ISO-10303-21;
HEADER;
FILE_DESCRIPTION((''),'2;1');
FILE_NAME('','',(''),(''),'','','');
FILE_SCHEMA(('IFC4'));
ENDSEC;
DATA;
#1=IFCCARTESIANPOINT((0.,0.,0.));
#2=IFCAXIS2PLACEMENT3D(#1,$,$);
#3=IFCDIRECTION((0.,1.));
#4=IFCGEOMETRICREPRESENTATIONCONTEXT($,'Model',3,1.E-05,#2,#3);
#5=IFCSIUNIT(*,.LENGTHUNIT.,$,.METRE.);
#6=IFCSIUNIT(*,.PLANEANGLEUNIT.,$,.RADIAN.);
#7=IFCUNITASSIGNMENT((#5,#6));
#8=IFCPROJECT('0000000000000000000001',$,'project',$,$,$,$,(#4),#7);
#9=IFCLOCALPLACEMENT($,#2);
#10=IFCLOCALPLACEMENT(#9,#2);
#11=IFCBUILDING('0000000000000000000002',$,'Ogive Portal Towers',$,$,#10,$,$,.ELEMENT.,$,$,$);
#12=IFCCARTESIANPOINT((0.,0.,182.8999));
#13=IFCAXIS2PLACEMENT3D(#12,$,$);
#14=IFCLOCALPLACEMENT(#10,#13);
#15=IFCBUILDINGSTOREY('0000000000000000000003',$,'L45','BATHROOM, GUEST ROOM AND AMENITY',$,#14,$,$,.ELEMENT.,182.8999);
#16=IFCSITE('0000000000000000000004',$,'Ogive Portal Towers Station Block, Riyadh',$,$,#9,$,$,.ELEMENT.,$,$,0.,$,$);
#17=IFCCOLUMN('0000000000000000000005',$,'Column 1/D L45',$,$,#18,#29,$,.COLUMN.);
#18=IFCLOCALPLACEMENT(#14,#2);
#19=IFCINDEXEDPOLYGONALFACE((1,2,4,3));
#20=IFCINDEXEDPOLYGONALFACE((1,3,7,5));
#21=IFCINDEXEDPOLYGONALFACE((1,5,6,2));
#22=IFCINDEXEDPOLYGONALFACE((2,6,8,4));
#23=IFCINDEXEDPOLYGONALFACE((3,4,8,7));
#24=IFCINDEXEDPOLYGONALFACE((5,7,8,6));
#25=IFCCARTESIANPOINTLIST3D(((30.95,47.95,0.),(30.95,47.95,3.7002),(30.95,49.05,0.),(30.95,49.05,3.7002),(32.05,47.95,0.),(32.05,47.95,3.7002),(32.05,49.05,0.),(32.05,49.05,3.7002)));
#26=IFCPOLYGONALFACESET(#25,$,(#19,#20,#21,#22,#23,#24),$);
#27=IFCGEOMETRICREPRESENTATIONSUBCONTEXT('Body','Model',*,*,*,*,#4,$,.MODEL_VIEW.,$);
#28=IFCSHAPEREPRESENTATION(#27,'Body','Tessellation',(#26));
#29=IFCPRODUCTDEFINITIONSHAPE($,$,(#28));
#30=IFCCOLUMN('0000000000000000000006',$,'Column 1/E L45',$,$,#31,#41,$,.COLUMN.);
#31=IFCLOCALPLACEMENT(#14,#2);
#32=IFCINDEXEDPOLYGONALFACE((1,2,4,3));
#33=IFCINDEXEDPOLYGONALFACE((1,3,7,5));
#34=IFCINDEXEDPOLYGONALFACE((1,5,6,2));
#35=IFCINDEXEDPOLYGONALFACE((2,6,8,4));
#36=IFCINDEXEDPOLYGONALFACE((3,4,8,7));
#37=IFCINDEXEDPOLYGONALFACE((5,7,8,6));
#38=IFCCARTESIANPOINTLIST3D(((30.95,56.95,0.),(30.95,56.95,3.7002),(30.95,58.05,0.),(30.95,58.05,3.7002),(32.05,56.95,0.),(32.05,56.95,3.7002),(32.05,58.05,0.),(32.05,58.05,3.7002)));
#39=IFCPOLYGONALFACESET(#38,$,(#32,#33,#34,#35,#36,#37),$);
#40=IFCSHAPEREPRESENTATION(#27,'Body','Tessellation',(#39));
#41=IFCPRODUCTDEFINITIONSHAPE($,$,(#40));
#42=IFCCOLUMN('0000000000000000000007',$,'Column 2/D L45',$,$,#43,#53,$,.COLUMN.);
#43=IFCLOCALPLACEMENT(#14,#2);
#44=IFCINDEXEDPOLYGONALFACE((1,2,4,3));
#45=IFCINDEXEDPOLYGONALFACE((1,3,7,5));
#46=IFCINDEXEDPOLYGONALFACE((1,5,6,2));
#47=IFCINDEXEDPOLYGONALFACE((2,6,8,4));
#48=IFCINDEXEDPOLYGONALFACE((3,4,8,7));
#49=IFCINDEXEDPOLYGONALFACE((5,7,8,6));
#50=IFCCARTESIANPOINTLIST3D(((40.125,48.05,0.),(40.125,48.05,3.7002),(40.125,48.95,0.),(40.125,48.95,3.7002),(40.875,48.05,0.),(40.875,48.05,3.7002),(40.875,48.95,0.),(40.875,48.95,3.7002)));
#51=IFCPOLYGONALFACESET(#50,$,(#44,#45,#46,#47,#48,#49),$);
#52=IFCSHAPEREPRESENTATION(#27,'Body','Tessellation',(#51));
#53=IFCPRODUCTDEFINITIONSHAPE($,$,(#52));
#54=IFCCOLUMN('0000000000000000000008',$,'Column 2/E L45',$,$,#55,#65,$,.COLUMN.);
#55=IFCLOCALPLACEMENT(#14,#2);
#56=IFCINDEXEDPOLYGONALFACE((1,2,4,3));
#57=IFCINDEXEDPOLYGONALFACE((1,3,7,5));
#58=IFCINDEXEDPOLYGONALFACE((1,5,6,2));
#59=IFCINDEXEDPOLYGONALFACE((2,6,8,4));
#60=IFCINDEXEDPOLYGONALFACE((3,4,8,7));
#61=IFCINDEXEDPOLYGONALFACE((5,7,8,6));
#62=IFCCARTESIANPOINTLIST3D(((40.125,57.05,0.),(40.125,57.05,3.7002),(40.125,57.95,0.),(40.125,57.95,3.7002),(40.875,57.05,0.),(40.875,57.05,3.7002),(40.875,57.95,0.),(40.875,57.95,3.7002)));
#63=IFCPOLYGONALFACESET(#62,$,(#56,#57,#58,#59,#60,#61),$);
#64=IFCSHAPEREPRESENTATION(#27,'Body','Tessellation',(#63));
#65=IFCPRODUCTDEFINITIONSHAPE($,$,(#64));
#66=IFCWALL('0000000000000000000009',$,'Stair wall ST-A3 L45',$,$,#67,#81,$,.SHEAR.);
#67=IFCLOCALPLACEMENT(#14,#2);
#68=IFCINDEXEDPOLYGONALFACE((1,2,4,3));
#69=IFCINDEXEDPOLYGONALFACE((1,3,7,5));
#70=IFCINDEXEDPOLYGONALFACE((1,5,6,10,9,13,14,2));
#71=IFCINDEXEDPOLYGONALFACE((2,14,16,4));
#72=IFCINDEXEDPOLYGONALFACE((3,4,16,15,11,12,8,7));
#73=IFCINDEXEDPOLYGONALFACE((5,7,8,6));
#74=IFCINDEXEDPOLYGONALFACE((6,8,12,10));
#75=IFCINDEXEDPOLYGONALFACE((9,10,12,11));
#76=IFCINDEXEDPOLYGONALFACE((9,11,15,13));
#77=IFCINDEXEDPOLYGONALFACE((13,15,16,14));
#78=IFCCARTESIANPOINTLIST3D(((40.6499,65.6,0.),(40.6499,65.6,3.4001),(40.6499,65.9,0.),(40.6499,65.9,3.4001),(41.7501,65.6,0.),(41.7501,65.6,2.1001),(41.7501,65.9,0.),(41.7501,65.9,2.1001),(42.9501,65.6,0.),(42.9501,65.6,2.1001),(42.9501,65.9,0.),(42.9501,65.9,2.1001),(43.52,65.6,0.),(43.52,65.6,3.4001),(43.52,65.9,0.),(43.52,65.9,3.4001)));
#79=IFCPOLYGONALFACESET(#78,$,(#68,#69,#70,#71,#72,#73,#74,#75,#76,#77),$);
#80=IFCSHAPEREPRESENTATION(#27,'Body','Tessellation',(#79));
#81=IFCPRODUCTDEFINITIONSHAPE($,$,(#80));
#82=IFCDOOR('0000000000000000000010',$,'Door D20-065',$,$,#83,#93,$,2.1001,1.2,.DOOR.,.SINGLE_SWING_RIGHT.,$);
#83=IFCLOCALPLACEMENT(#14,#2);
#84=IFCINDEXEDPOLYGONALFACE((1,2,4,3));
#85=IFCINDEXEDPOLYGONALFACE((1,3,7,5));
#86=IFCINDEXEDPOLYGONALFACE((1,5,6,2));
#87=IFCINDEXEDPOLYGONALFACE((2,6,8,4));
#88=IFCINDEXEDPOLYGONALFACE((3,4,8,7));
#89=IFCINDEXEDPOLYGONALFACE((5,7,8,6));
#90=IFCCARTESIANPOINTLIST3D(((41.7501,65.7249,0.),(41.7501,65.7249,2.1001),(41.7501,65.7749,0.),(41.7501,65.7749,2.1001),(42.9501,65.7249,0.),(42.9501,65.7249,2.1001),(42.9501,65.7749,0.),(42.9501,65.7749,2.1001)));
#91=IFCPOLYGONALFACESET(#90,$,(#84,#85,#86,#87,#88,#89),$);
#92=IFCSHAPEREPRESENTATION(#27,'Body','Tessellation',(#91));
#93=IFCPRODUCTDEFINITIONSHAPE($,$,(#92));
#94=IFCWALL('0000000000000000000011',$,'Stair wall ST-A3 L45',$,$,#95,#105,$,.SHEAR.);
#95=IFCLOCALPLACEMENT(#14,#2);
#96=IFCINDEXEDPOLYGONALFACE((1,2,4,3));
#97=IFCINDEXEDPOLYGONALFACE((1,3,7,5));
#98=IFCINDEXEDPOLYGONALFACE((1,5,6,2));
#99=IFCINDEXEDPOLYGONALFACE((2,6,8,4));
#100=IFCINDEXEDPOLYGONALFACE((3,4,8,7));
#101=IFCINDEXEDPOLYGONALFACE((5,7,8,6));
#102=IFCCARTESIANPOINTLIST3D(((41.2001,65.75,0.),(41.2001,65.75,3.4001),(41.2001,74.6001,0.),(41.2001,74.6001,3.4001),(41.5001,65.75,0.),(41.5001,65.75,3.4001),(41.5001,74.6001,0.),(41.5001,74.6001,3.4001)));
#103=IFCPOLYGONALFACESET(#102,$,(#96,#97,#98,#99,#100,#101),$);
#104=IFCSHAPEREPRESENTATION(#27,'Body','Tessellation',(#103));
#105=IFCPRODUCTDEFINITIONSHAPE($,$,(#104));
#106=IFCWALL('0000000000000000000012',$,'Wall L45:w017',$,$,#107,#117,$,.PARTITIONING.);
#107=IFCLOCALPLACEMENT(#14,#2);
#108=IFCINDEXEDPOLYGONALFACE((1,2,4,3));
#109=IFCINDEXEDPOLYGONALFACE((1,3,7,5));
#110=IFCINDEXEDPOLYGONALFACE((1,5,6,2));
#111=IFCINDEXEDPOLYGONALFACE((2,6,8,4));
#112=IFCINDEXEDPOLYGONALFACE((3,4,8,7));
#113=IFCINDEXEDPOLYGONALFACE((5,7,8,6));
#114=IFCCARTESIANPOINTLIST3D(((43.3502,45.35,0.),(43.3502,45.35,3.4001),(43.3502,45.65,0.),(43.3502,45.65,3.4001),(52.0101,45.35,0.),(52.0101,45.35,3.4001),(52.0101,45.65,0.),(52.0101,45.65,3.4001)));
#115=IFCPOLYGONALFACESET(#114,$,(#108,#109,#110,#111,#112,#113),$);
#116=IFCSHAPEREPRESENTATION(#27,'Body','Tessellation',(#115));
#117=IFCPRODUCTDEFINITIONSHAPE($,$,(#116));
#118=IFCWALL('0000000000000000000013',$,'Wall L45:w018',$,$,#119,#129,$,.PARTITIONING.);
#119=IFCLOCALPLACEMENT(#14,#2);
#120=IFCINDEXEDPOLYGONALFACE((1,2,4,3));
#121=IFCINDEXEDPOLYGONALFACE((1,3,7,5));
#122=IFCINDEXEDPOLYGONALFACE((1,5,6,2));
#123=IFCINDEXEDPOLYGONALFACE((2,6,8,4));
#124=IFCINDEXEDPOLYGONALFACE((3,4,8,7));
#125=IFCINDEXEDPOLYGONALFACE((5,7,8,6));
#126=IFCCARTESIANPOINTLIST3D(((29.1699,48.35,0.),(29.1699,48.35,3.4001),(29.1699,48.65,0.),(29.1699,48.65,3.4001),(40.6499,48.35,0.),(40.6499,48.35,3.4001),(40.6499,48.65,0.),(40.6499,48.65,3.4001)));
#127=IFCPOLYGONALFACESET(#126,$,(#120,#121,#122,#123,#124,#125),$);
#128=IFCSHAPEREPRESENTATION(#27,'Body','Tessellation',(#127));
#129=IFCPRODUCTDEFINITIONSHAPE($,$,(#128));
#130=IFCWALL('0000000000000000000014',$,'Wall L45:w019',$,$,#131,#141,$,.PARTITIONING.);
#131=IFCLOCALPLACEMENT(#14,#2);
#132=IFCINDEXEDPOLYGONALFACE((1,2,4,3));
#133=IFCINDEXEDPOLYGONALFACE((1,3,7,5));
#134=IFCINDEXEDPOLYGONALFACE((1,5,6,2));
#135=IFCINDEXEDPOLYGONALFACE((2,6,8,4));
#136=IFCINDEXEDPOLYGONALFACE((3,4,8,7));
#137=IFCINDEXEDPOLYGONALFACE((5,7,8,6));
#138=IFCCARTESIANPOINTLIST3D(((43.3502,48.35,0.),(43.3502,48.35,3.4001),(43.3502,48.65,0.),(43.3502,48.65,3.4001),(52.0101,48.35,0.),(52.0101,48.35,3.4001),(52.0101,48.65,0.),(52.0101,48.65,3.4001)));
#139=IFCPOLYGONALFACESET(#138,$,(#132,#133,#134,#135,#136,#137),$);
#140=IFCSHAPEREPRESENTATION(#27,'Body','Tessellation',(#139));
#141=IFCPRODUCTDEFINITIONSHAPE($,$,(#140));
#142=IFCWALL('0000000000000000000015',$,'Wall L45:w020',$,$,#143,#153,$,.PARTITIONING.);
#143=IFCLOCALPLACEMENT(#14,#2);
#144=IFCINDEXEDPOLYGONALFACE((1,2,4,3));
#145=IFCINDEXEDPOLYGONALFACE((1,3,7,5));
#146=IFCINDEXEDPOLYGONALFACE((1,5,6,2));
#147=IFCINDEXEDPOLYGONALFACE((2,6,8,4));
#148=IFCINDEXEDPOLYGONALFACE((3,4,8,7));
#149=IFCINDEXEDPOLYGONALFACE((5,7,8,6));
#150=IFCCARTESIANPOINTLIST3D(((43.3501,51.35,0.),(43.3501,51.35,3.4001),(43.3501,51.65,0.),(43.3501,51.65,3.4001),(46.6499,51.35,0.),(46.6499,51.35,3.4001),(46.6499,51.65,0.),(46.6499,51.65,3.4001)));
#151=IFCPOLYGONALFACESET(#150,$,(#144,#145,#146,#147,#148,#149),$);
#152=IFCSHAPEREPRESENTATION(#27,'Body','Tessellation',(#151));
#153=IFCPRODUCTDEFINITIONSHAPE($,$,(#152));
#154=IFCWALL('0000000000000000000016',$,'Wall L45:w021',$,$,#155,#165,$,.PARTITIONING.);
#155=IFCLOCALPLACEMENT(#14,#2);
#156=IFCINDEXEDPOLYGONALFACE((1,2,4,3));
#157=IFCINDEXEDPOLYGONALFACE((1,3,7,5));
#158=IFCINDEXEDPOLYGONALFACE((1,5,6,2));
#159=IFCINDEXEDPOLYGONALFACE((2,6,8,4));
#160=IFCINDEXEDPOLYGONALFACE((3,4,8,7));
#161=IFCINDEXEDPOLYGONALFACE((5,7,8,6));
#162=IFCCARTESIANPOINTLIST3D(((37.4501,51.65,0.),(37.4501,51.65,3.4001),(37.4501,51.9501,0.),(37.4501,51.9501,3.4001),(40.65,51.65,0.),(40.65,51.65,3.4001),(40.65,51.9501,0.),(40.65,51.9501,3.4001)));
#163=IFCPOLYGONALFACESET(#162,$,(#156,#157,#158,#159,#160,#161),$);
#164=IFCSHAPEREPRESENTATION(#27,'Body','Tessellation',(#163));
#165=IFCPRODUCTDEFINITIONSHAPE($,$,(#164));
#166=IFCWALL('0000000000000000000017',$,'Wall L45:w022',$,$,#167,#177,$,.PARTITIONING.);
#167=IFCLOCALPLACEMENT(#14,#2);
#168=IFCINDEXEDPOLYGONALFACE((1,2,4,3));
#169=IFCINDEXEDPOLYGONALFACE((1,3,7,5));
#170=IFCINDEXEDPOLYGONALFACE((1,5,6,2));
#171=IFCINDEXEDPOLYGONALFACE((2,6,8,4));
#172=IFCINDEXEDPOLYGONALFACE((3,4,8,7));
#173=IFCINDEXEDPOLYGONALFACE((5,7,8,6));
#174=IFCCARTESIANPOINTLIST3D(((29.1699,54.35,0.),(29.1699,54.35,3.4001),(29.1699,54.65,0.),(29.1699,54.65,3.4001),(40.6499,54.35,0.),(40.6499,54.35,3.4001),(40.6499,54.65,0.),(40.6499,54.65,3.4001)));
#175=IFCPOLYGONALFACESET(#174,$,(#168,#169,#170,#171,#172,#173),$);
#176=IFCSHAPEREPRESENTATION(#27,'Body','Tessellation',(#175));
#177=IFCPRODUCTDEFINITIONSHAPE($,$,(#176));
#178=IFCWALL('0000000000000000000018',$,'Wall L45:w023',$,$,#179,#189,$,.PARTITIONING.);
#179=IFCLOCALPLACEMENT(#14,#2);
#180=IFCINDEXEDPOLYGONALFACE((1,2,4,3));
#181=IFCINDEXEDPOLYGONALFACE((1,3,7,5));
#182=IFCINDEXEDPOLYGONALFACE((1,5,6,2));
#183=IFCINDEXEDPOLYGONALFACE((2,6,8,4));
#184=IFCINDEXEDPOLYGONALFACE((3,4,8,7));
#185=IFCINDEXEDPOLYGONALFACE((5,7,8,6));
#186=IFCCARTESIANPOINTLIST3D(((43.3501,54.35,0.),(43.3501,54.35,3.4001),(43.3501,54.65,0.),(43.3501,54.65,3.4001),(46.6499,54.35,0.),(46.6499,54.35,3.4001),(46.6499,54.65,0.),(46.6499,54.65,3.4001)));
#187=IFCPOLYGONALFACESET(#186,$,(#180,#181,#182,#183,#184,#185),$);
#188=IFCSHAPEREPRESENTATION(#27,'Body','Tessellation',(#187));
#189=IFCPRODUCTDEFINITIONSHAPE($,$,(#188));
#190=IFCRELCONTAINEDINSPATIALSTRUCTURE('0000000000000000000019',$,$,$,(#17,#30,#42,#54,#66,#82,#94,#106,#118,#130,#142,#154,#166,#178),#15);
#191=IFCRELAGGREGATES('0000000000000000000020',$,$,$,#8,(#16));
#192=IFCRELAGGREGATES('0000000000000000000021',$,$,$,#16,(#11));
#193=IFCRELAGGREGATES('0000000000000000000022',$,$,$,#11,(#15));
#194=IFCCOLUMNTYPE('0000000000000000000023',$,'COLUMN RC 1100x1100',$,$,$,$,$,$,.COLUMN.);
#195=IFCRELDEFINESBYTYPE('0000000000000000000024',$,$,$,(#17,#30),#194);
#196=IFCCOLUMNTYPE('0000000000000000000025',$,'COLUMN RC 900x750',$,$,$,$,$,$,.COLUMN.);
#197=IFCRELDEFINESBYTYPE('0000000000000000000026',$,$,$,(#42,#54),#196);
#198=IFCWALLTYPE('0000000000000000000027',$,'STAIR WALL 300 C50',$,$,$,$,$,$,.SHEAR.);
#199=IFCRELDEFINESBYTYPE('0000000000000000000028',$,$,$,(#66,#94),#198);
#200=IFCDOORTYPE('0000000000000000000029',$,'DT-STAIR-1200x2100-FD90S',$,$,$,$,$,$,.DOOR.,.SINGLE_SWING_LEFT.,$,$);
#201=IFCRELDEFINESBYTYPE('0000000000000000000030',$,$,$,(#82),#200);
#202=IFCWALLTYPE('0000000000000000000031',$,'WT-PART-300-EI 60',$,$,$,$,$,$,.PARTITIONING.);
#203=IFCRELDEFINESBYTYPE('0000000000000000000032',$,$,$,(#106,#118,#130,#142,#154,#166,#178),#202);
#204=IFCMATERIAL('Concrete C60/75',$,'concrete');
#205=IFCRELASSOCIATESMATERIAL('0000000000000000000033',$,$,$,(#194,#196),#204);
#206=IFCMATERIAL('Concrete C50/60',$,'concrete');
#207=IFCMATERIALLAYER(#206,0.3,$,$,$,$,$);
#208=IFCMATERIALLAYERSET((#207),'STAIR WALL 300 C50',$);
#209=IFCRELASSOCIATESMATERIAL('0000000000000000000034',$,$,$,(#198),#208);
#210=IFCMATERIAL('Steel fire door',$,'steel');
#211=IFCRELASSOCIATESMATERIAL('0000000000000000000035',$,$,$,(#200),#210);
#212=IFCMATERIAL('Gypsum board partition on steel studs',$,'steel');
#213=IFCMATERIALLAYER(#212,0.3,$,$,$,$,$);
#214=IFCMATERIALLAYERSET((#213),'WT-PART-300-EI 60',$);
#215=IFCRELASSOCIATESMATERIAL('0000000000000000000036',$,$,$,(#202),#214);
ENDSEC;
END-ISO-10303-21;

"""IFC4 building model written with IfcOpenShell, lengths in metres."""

from ifc_helpers import new_model, si_unit, direction, frame, frame_2d, origin, origin_2d, place, context, subcontext, project, spatial, rectangle, extrude, material, layer, layer_set, material_profile, profile_set, type_object, element, fill, save


model = new_model("IFC4")

# Units and contexts
model_context = context("Model", 3, precision=1e-05, world=origin(), true_north=direction((0.0, 1.0)))
body_context = subcontext(model_context, "Body", "Model", "MODEL_VIEW")
ifc_project = project(units=[si_unit("LENGTHUNIT", "METRE"), si_unit("PLANEANGLEUNIT", "RADIAN")], contexts=[model_context])

# Site, building, storey
site_placement = place(None, origin())
site = spatial("IfcSite", under=ifc_project, at=site_placement, Name="Ogive Portal Towers Station Block, Riyadh", CompositionType="ELEMENT", RefElevation=0.0)
building_placement = place(site_placement, origin())
building = spatial("IfcBuilding", under=site, at=building_placement, Name="Ogive Portal Towers", CompositionType="ELEMENT")
storey_placement = place(building_placement, frame((0.0, 0.0, 182.8999)))
storey = spatial("IfcBuildingStorey", under=building, at=storey_placement, Name="L45", Description="BATHROOM, GUEST ROOM AND AMENITY", CompositionType="ELEMENT", Elevation=182.8999)

# Columns
ifc_material_1 = material(Name="Concrete C60/75", Category="concrete")
ifc_material_profile_1 = material_profile(ifc_material_1, rectangle(XDim=1.1001, YDim=1.1001, at=origin_2d()), Name="RC 1100x1100")
ifc_profile_set_1 = profile_set([ifc_material_profile_1], Name="Concrete C60/75")
column_type_1 = type_object("IfcColumnType", Name="COLUMN RC 1100x1100", PredefinedType="COLUMN", material=ifc_profile_set_1)
for number, where, z_axis, x_axis, name in (
    (1, (31.5, 48.5, 0.0), (0.0, 0.0, 1.0), (1.0, 0.0, 0.0), "Column 1/D L45"),
    (2, (31.5, 57.5, 0.0), (0.0, 0.0, 1.0), (1.0, 0.0, 0.0), "Column 1/E L45"),
):
    element("IfcColumn", number, at=place(storey_placement, frame(where, z_axis=z_axis, x_axis=x_axis)), inside=storey, type_object=column_type_1, Name=name, PredefinedType="COLUMN", context=body_context, shape_type="SweptSolid", body=[
        extrude(rectangle(XDim=1.1001, YDim=1.1001, at=origin_2d()), origin(), (0.0, 0.0, 1.0), 3.7002),
    ])
ifc_material_profile_2 = material_profile(ifc_material_1, rectangle(XDim=0.8999, YDim=0.75, at=origin_2d()), Name="RC 900x750")
ifc_profile_set_2 = profile_set([ifc_material_profile_2], Name="Concrete C60/75")
column_type_2 = type_object("IfcColumnType", Name="COLUMN RC 900x750", PredefinedType="COLUMN", material=ifc_profile_set_2)
for number, where, z_axis, x_axis, name in (
    (3, (40.5, 48.5, 0.0), (0.0, 0.0, 1.0), (0.0, 1.0, 0.0), "Column 2/D L45"),
    (4, (40.5, 57.5, 0.0), (0.0, 0.0, 1.0), (0.0, 1.0, 0.0), "Column 2/E L45"),
):
    element("IfcColumn", number, at=place(storey_placement, frame(where, z_axis=z_axis, x_axis=x_axis)), inside=storey, type_object=column_type_2, Name=name, PredefinedType="COLUMN", context=body_context, shape_type="SweptSolid", body=[
        extrude(rectangle(XDim=0.8999, YDim=0.75, at=origin_2d()), origin(), (0.0, 0.0, 1.0), 3.7002),
    ])

# Wall, opening, door
ifc_material_2 = material(Name="Concrete C50/60", Category="concrete")
ifc_layer_1 = layer(ifc_material_2, 0.3)
ifc_layer_set_1 = layer_set([ifc_layer_1], Name="STAIR WALL 300 C50")
wall_type_1 = type_object("IfcWallType", Name="STAIR WALL 300 C50", PredefinedType="SHEAR", material=ifc_layer_set_1)
wall_1_placement = place(storey_placement, frame((40.6499, 65.75, 0.0), z_axis=(0.0, 0.0, 1.0), x_axis=(1.0, 0.0, 0.0)))
wall_1 = element("IfcWall", 5, at=wall_1_placement, inside=storey, type_object=wall_type_1, Name="Stair wall ST-A3 L45", PredefinedType="SHEAR", context=body_context, shape_type="SweptSolid", body=[
    extrude(rectangle(XDim=2.8701, YDim=0.3, at=frame_2d((1.4351, 0.0))), origin(), (0.0, 0.0, 1.0), 3.4001),
])
opening_1_placement = place(wall_1_placement, frame((1.1001, 0.0, 0.0)))
opening_1 = element("IfcOpeningElement", 6, at=opening_1_placement, cuts=wall_1, PredefinedType="OPENING", context=body_context, shape_type="SweptSolid", body=[
    extrude(rectangle(XDim=1.2, YDim=2.1001, at=frame_2d((0.6001, 1.05))), frame((0.0, 0.1602, 0.0), z_axis=(0.0, -1.0, 0.0), x_axis=(1.0, 0.0, 0.0)), (0.0, 0.0, 1.0), 0.3201),
])
ifc_material_3 = material(Name="Steel fire door", Category="steel")
door_type_1 = type_object("IfcDoorType", Name="DT-STAIR-1200x2100-FD90S", OperationType="SINGLE_SWING_LEFT", PredefinedType="DOOR", material=ifc_material_3)
door_1_placement = place(opening_1_placement, origin())
door_1 = element("IfcDoor", 7, at=door_1_placement, inside=storey, type_object=door_type_1, Name="Door D20-065", OperationType="SINGLE_SWING_RIGHT", OverallHeight=2.1001, OverallWidth=1.2, PredefinedType="DOOR", context=body_context, shape_type="SweptSolid", body=[
    extrude(rectangle(XDim=1.2, YDim=2.1001, at=frame_2d((0.6001, 1.05))), frame((0.0, 0.0249, 0.0), z_axis=(0.0, -1.0, 0.0), x_axis=(1.0, 0.0, 0.0)), (0.0, 0.0, 1.0), 0.05),
])
fill(opening_1, door_1)

# Walls
wall_2_placement = place(storey_placement, frame((41.3501, 65.75, 0.0), z_axis=(0.0, 0.0, 1.0), x_axis=(0.0, 1.0, 0.0)))
element("IfcWall", 8, at=wall_2_placement, inside=storey, type_object=wall_type_1, Name="Stair wall ST-A3 L45", PredefinedType="SHEAR", context=body_context, shape_type="SweptSolid", body=[
    extrude(rectangle(XDim=8.8501, YDim=0.3, at=frame_2d((4.425, 0.0))), origin(), (0.0, 0.0, 1.0), 3.4001),
])
ifc_material_4 = material(Name="Gypsum board partition on steel studs", Category="steel")
ifc_layer_2 = layer(ifc_material_4, 0.3)
ifc_layer_set_2 = layer_set([ifc_layer_2], Name="WT-PART-300-EI 60")
wall_type_2 = type_object("IfcWallType", Name="WT-PART-300-EI 60", PredefinedType="PARTITIONING", material=ifc_layer_set_2)
wall_3_placement = place(storey_placement, frame((43.3501, 45.5, 0.0), z_axis=(0.0, 0.0, 1.0), x_axis=(1.0, 0.0, 0.0)))
element("IfcWall", 9, at=wall_3_placement, inside=storey, type_object=wall_type_2, Name="Wall L45:w017", PredefinedType="PARTITIONING", context=body_context, shape_type="SweptSolid", body=[
    extrude(rectangle(XDim=8.6599, YDim=0.3, at=frame_2d((4.3301, 0.0))), origin(), (0.0, 0.0, 1.0), 3.4001),
])
wall_4_placement = place(storey_placement, frame((29.1699, 48.5, 0.0), z_axis=(0.0, 0.0, 1.0), x_axis=(1.0, 0.0, 0.0)))
element("IfcWall", 10, at=wall_4_placement, inside=storey, type_object=wall_type_2, Name="Wall L45:w018", PredefinedType="PARTITIONING", context=body_context, shape_type="SweptSolid", body=[
    extrude(rectangle(XDim=11.48, YDim=0.3, at=frame_2d((5.74, 0.0))), origin(), (0.0, 0.0, 1.0), 3.4001),
])
wall_5_placement = place(storey_placement, frame((43.3501, 48.5, 0.0), z_axis=(0.0, 0.0, 1.0), x_axis=(1.0, 0.0, 0.0)))
element("IfcWall", 11, at=wall_5_placement, inside=storey, type_object=wall_type_2, Name="Wall L45:w019", PredefinedType="PARTITIONING", context=body_context, shape_type="SweptSolid", body=[
    extrude(rectangle(XDim=8.6599, YDim=0.3, at=frame_2d((4.3301, 0.0))), origin(), (0.0, 0.0, 1.0), 3.4001),
])
wall_6_placement = place(storey_placement, frame((43.3501, 51.5, 0.0), z_axis=(0.0, 0.0, 1.0), x_axis=(1.0, 0.0, 0.0)))
element("IfcWall", 12, at=wall_6_placement, inside=storey, type_object=wall_type_2, Name="Wall L45:w020", PredefinedType="PARTITIONING", context=body_context, shape_type="SweptSolid", body=[
    extrude(rectangle(XDim=3.2998, YDim=0.3, at=frame_2d((1.6499, 0.0))), origin(), (0.0, 0.0, 1.0), 3.4001),
])
wall_7_placement = place(storey_placement, frame((37.45, 51.8, 0.0), z_axis=(0.0, 0.0, 1.0), x_axis=(1.0, 0.0, 0.0)))
element("IfcWall", 13, at=wall_7_placement, inside=storey, type_object=wall_type_2, Name="Wall L45:w021", PredefinedType="PARTITIONING", context=body_context, shape_type="SweptSolid", body=[
    extrude(rectangle(XDim=3.2, YDim=0.3, at=frame_2d((1.6001, 0.0))), origin(), (0.0, 0.0, 1.0), 3.4001),
])
wall_8_placement = place(storey_placement, frame((29.1699, 54.5, 0.0), z_axis=(0.0, 0.0, 1.0), x_axis=(1.0, 0.0, 0.0)))
element("IfcWall", 14, at=wall_8_placement, inside=storey, type_object=wall_type_2, Name="Wall L45:w022", PredefinedType="PARTITIONING", context=body_context, shape_type="SweptSolid", body=[
    extrude(rectangle(XDim=11.48, YDim=0.3, at=frame_2d((5.74, 0.0))), origin(), (0.0, 0.0, 1.0), 3.4001),
])
wall_9_placement = place(storey_placement, frame((43.3501, 54.5, 0.0), z_axis=(0.0, 0.0, 1.0), x_axis=(1.0, 0.0, 0.0)))
element("IfcWall", 15, at=wall_9_placement, inside=storey, type_object=wall_type_2, Name="Wall L45:w023", PredefinedType="PARTITIONING", context=body_context, shape_type="SweptSolid", body=[
    extrude(rectangle(XDim=3.2998, YDim=0.3, at=frame_2d((1.6499, 0.0))), origin(), (0.0, 0.0, 1.0), 3.4001),
])

save(model, "model.ifc")
